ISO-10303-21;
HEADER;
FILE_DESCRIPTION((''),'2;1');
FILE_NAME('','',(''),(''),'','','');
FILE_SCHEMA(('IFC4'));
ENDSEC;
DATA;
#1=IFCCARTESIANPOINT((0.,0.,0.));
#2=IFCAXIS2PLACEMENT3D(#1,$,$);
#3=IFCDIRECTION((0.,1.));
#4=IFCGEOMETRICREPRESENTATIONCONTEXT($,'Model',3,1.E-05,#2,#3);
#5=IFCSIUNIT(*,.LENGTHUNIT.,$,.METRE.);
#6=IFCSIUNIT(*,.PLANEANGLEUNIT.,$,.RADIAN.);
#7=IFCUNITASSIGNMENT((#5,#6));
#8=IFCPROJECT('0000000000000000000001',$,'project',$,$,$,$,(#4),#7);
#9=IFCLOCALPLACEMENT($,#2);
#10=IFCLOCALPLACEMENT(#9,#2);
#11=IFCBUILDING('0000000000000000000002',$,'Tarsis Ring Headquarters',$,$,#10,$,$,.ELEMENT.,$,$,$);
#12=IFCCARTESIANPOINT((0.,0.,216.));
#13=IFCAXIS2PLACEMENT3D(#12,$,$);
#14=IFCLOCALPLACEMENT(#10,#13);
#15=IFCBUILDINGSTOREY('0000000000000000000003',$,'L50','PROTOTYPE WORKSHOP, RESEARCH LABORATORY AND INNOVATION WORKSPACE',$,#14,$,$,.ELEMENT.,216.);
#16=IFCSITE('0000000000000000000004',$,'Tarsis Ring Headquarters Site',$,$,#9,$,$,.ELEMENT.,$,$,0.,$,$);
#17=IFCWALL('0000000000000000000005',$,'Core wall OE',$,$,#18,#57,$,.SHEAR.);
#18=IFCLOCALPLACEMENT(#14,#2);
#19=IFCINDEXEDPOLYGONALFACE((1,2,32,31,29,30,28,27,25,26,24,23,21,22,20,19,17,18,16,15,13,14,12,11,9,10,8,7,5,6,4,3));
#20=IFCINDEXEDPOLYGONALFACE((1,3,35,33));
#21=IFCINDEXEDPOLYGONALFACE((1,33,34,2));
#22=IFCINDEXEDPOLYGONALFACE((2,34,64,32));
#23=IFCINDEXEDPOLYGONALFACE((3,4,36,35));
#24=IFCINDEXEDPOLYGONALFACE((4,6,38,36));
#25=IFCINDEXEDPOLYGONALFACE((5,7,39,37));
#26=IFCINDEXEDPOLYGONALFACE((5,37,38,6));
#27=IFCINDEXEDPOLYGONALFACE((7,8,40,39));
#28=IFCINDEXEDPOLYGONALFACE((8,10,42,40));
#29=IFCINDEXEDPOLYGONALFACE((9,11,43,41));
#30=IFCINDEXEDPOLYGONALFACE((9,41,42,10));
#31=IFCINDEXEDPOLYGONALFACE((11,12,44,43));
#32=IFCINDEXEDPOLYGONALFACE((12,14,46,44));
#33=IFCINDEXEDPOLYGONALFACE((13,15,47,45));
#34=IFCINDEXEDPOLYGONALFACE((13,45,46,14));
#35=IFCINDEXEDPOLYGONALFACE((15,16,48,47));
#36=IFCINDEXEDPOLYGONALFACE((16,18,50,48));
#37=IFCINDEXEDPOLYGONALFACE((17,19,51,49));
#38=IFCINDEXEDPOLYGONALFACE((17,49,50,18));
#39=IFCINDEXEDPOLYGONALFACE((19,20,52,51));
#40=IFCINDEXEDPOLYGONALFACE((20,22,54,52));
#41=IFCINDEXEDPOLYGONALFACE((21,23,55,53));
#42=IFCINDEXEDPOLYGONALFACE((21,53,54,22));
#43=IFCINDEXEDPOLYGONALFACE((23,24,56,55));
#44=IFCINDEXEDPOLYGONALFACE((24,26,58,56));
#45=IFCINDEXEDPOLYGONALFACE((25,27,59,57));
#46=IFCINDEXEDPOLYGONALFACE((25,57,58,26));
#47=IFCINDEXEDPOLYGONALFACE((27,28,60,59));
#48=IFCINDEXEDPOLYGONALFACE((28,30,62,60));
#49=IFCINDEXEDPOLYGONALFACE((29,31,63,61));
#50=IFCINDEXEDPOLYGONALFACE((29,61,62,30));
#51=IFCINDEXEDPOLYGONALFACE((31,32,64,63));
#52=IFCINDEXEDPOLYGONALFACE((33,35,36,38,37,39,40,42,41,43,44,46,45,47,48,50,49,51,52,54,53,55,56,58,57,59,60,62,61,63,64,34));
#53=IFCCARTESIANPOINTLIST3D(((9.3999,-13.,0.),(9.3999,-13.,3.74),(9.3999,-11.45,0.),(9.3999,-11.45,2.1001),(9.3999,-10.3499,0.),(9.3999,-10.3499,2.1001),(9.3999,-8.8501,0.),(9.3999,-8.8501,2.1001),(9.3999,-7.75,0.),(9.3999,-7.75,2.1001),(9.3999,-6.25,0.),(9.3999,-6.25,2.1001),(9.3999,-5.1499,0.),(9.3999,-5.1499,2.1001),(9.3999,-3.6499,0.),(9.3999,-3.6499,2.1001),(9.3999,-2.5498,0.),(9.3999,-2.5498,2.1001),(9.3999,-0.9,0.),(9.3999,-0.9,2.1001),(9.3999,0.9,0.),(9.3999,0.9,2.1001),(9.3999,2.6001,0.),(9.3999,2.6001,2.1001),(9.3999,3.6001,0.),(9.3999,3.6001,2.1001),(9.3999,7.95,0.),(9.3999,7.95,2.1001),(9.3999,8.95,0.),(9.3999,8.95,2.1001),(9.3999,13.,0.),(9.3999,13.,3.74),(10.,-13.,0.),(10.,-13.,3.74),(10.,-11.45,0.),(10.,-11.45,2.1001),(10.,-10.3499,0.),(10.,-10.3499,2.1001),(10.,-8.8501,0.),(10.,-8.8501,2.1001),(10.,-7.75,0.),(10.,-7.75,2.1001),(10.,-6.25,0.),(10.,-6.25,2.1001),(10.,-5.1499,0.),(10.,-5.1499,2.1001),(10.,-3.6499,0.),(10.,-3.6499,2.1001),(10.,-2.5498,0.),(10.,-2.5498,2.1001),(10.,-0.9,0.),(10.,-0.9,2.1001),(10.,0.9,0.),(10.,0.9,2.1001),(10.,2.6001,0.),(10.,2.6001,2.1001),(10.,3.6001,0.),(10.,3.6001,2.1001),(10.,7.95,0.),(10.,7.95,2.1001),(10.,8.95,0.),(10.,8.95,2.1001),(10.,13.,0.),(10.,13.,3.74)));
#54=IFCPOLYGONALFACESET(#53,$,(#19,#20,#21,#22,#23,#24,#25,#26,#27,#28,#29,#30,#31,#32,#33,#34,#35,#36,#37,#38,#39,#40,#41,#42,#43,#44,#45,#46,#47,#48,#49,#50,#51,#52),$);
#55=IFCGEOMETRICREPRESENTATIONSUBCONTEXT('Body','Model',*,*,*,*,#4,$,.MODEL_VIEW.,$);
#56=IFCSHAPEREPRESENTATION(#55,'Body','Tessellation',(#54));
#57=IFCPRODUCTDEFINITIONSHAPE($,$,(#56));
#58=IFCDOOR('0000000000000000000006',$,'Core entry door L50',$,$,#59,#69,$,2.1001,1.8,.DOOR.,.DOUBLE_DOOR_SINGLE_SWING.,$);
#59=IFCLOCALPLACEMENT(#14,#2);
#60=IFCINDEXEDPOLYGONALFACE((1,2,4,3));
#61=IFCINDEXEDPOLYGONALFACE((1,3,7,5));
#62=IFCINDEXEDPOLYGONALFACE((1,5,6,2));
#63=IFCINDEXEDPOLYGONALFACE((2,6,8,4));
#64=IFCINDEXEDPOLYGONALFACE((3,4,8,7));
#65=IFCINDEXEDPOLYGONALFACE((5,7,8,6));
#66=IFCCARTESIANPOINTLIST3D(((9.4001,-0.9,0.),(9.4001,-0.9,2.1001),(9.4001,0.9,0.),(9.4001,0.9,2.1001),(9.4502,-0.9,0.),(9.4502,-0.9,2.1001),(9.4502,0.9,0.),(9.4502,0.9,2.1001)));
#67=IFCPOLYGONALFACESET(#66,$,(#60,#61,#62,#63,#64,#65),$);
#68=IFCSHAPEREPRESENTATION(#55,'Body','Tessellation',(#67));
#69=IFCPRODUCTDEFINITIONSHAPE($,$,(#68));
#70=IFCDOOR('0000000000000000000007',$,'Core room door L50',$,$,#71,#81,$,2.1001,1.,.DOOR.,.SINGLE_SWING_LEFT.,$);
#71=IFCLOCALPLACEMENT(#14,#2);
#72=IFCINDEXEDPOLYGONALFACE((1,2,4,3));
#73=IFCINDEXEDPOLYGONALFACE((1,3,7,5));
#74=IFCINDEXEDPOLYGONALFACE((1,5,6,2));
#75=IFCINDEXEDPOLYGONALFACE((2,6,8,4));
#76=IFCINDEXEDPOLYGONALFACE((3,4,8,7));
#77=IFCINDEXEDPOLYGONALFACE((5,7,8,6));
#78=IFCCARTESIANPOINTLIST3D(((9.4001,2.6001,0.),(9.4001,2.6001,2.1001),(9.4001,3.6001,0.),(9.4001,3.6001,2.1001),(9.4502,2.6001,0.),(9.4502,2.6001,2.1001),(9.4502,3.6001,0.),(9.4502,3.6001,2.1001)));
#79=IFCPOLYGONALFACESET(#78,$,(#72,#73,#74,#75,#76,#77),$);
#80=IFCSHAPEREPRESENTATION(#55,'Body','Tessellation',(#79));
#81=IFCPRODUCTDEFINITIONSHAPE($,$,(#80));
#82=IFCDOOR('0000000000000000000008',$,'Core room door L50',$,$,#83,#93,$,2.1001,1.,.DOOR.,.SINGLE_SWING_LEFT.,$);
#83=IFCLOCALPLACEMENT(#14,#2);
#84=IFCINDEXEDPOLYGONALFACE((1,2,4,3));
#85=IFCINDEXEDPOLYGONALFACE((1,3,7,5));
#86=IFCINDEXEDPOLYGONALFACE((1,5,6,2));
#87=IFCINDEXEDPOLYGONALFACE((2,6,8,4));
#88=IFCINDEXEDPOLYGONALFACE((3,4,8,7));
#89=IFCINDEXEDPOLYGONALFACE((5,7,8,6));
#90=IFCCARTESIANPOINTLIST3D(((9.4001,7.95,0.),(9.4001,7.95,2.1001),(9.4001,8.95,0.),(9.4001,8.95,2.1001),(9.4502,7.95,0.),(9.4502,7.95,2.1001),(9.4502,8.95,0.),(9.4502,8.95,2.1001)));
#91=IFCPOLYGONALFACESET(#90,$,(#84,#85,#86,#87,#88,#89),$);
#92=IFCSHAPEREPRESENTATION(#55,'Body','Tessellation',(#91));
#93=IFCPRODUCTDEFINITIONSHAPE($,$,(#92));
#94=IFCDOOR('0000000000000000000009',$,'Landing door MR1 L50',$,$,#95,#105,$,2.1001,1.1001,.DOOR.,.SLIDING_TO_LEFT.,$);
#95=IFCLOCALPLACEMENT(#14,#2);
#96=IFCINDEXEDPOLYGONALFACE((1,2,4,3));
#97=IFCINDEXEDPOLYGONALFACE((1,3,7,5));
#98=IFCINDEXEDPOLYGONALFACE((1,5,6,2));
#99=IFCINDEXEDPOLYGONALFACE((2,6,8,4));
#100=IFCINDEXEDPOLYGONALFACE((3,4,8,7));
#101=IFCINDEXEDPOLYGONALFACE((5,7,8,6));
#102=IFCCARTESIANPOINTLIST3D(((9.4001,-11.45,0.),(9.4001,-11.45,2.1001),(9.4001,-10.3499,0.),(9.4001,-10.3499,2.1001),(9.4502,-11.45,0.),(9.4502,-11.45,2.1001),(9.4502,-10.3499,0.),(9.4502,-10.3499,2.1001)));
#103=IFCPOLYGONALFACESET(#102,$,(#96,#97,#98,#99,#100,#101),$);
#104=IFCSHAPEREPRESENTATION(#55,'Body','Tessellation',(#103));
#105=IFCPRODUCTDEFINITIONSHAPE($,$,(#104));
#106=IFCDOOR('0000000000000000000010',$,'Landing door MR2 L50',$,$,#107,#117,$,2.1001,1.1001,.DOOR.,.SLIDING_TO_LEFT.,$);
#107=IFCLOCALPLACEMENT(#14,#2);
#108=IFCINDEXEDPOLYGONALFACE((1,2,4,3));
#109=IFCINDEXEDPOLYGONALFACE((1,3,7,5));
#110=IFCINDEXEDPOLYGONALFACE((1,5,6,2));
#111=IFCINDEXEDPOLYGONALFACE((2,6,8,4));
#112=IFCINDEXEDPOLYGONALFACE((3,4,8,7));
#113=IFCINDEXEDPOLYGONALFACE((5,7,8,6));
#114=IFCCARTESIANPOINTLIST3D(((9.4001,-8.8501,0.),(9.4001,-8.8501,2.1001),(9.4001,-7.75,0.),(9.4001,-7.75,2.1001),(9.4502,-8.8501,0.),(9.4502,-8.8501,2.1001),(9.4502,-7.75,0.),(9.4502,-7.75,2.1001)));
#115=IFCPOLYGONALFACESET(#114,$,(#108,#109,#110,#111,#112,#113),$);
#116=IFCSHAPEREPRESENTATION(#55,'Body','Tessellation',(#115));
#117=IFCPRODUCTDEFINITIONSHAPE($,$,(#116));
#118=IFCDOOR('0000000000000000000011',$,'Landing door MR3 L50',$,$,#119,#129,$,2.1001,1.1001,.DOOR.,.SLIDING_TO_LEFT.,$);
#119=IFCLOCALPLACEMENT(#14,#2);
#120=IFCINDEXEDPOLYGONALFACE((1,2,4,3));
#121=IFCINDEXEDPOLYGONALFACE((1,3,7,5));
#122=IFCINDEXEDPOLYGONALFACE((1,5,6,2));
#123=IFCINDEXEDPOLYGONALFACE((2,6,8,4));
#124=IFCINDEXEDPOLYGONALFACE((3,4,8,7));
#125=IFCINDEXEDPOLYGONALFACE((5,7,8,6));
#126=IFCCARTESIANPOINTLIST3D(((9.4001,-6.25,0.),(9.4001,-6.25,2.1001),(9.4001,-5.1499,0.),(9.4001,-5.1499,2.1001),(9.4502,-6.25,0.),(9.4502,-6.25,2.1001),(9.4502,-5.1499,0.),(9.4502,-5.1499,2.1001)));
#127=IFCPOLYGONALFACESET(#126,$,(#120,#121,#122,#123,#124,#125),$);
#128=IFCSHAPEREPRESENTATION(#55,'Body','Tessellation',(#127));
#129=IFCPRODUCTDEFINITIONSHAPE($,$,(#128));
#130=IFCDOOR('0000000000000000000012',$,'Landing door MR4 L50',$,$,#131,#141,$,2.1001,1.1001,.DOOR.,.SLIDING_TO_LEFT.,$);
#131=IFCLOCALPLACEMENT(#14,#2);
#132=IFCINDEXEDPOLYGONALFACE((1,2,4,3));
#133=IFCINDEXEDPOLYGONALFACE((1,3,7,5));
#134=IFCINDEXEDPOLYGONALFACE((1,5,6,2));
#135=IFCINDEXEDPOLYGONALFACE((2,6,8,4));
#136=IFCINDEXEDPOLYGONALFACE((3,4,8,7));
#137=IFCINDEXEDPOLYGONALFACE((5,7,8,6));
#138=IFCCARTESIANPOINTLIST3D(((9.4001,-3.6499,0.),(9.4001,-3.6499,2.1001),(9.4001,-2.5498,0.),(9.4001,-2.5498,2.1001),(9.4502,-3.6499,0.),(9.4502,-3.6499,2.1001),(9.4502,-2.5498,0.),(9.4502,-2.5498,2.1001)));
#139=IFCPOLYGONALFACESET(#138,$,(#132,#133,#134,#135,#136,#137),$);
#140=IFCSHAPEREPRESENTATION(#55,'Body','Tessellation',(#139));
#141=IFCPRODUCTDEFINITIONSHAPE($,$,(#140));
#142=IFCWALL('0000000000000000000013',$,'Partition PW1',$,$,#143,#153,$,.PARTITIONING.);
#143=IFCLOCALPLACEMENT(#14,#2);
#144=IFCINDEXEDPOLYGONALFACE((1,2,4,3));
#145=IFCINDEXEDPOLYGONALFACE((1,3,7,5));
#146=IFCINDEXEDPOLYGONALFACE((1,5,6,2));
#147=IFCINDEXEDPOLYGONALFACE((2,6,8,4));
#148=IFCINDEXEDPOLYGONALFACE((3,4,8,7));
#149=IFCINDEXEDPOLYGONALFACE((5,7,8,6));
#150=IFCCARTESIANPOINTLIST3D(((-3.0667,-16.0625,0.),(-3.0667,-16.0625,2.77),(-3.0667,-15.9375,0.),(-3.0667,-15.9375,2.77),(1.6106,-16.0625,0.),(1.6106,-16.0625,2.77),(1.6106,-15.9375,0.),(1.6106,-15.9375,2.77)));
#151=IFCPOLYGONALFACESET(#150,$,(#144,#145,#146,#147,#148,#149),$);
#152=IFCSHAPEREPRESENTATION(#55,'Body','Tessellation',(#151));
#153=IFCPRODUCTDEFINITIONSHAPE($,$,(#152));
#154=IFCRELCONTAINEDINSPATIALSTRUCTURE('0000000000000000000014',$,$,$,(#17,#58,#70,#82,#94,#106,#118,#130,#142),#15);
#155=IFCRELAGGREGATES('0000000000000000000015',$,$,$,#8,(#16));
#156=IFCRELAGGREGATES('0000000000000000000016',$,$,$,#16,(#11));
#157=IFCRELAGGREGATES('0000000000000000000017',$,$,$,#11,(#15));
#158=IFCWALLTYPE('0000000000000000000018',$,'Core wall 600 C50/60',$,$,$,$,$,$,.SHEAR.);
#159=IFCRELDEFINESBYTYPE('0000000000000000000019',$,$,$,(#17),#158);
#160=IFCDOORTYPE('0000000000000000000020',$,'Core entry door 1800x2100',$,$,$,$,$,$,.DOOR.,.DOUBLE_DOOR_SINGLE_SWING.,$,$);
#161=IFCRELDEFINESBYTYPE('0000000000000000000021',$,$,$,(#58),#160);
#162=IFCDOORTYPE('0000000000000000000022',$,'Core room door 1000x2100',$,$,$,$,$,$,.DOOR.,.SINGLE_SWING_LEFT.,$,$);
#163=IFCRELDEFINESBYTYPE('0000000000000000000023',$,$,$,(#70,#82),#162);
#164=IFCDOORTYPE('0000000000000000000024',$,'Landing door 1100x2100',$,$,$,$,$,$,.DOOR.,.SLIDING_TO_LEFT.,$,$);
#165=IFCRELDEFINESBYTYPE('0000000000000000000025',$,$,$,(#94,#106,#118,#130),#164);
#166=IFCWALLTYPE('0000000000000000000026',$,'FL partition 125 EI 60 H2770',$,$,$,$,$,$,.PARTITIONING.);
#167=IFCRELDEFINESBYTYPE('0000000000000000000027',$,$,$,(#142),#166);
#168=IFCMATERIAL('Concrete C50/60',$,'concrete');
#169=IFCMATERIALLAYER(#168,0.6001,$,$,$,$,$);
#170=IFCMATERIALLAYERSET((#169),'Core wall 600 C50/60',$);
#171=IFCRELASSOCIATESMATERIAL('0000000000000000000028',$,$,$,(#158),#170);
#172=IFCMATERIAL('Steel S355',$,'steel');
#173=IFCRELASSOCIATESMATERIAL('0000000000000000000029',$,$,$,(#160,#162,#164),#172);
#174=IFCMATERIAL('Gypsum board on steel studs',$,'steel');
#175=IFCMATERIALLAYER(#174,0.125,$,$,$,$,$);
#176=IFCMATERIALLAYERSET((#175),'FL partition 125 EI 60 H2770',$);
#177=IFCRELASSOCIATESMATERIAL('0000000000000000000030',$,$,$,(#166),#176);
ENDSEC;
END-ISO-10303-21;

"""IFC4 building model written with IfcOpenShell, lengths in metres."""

from ifc_helpers import new_model, si_unit, direction, frame, frame_2d, origin, place, context, subcontext, project, spatial, rectangle, extrude, material, layer, layer_set, type_object, element, fill, save


model = new_model("IFC4")

# Units and contexts
model_context = context("Model", 3, precision=1e-05, world=origin(), true_north=direction((0.0, 1.0)))
body_context = subcontext(model_context, "Body", "Model", "MODEL_VIEW")
ifc_project = project(units=[si_unit("LENGTHUNIT", "METRE"), si_unit("PLANEANGLEUNIT", "RADIAN")], contexts=[model_context])

# Site, building, storey
site_placement = place(None, origin())
site = spatial("IfcSite", under=ifc_project, at=site_placement, Name="Tarsis Ring Headquarters Site", CompositionType="ELEMENT", RefElevation=0.0)
building_placement = place(site_placement, origin())
building = spatial("IfcBuilding", under=site, at=building_placement, Name="Tarsis Ring Headquarters", CompositionType="ELEMENT")
storey_placement = place(building_placement, frame((0.0, 0.0, 216.0)))
storey = spatial("IfcBuildingStorey", under=building, at=storey_placement, Name="L50", Description="PROTOTYPE WORKSHOP, RESEARCH LABORATORY AND INNOVATION WORKSPACE", CompositionType="ELEMENT", Elevation=216.0)

# Wall, openings, doors
ifc_material_1 = material(Name="Concrete C50/60", Category="concrete")
ifc_layer_1 = layer(ifc_material_1, 0.6001)
ifc_layer_set_1 = layer_set([ifc_layer_1], Name="Core wall 600 C50/60")
wall_type_1 = type_object("IfcWallType", Name="Core wall 600 C50/60", PredefinedType="SHEAR", material=ifc_layer_set_1)
wall_1_placement = place(storey_placement, frame((9.7, -13.0, 0.0), z_axis=(0.0, 0.0, 1.0), x_axis=(0.0, 1.0, 0.0)))
wall_1 = element("IfcWall", 1, at=wall_1_placement, inside=storey, type_object=wall_type_1, Name="Core wall OE", PredefinedType="SHEAR", context=body_context, shape_type="SweptSolid", body=[
    extrude(rectangle(XDim=26.0, YDim=0.6001, at=frame_2d((13.0, 0.0))), origin(), (0.0, 0.0, 1.0), 3.74),
])
opening_1_placement = place(wall_1_placement, frame((1.55, 0.0, 0.0)))
opening_1 = element("IfcOpeningElement", 2, at=opening_1_placement, cuts=wall_1, PredefinedType="OPENING", context=body_context, shape_type="SweptSolid", body=[
    extrude(rectangle(XDim=1.1001, YDim=2.1001, at=frame_2d((0.55, 1.05))), frame((0.0, 0.3101, 0.0), z_axis=(0.0, -1.0, 0.0), x_axis=(1.0, 0.0, 0.0)), (0.0, 0.0, 1.0), 0.6201),
])
opening_2_placement = place(wall_1_placement, frame((4.1499, 0.0, 0.0)))
opening_2 = element("IfcOpeningElement", 3, at=opening_2_placement, cuts=wall_1, PredefinedType="OPENING", context=body_context, shape_type="SweptSolid", body=[
    extrude(rectangle(XDim=1.1001, YDim=2.1001, at=frame_2d((0.55, 1.05))), frame((0.0, 0.3101, 0.0), z_axis=(0.0, -1.0, 0.0), x_axis=(1.0, 0.0, 0.0)), (0.0, 0.0, 1.0), 0.6201),
])
opening_3_placement = place(wall_1_placement, frame((6.75, 0.0, 0.0)))
opening_3 = element("IfcOpeningElement", 4, at=opening_3_placement, cuts=wall_1, PredefinedType="OPENING", context=body_context, shape_type="SweptSolid", body=[
    extrude(rectangle(XDim=1.1001, YDim=2.1001, at=frame_2d((0.55, 1.05))), frame((0.0, 0.3101, 0.0), z_axis=(0.0, -1.0, 0.0), x_axis=(1.0, 0.0, 0.0)), (0.0, 0.0, 1.0), 0.6201),
])
opening_4_placement = place(wall_1_placement, frame((9.3501, 0.0, 0.0)))
opening_4 = element("IfcOpeningElement", 5, at=opening_4_placement, cuts=wall_1, PredefinedType="OPENING", context=body_context, shape_type="SweptSolid", body=[
    extrude(rectangle(XDim=1.1001, YDim=2.1001, at=frame_2d((0.55, 1.05))), frame((0.0, 0.3101, 0.0), z_axis=(0.0, -1.0, 0.0), x_axis=(1.0, 0.0, 0.0)), (0.0, 0.0, 1.0), 0.6201),
])
opening_5_placement = place(wall_1_placement, frame((12.1001, 0.0, 0.0)))
opening_5 = element("IfcOpeningElement", 6, at=opening_5_placement, cuts=wall_1, PredefinedType="OPENING", context=body_context, shape_type="SweptSolid", body=[
    extrude(rectangle(XDim=1.8, YDim=2.1001, at=frame_2d((0.8999, 1.05))), frame((0.0, 0.3101, 0.0), z_axis=(0.0, -1.0, 0.0), x_axis=(1.0, 0.0, 0.0)), (0.0, 0.0, 1.0), 0.6201),
])
opening_6_placement = place(wall_1_placement, frame((15.6001, 0.0, 0.0)))
opening_6 = element("IfcOpeningElement", 7, at=opening_6_placement, cuts=wall_1, PredefinedType="OPENING", context=body_context, shape_type="SweptSolid", body=[
    extrude(rectangle(XDim=1.0, YDim=2.1001, at=frame_2d((0.5, 1.05))), frame((0.0, 0.3101, 0.0), z_axis=(0.0, -1.0, 0.0), x_axis=(1.0, 0.0, 0.0)), (0.0, 0.0, 1.0), 0.6201),
])
opening_7_placement = place(wall_1_placement, frame((20.95, 0.0, 0.0)))
opening_7 = element("IfcOpeningElement", 8, at=opening_7_placement, cuts=wall_1, PredefinedType="OPENING", context=body_context, shape_type="SweptSolid", body=[
    extrude(rectangle(XDim=1.0, YDim=2.1001, at=frame_2d((0.5, 1.05))), frame((0.0, 0.3101, 0.0), z_axis=(0.0, -1.0, 0.0), x_axis=(1.0, 0.0, 0.0)), (0.0, 0.0, 1.0), 0.6201),
])
ifc_material_2 = material(Name="Steel S355", Category="steel")
door_type_1 = type_object("IfcDoorType", Name="Core entry door 1800x2100", OperationType="DOUBLE_DOOR_SINGLE_SWING", PredefinedType="DOOR", material=ifc_material_2)
door_1_placement = place(opening_5_placement, origin())
door_1 = element("IfcDoor", 9, at=door_1_placement, inside=storey, type_object=door_type_1, Name="Core entry door L50", OperationType="DOUBLE_DOOR_SINGLE_SWING", OverallHeight=2.1001, OverallWidth=1.8, PredefinedType="DOOR", context=body_context, shape_type="SweptSolid", body=[
    extrude(rectangle(XDim=1.8, YDim=2.1001, at=frame_2d((0.8999, 1.05))), frame((0.0, 0.2998, 0.0), z_axis=(0.0, -1.0, 0.0), x_axis=(1.0, 0.0, 0.0)), (0.0, 0.0, 1.0), 0.05),
])
fill(opening_5, door_1)
door_type_2 = type_object("IfcDoorType", Name="Core room door 1000x2100", OperationType="SINGLE_SWING_LEFT", PredefinedType="DOOR", material=ifc_material_2)
door_2_placement = place(opening_6_placement, origin())
door_2 = element("IfcDoor", 10, at=door_2_placement, inside=storey, type_object=door_type_2, Name="Core room door L50", OperationType="SINGLE_SWING_LEFT", OverallHeight=2.1001, OverallWidth=1.0, PredefinedType="DOOR", context=body_context, shape_type="SweptSolid", body=[
    extrude(rectangle(XDim=1.0, YDim=2.1001, at=frame_2d((0.5, 1.05))), frame((0.0, 0.2998, 0.0), z_axis=(0.0, -1.0, 0.0), x_axis=(1.0, 0.0, 0.0)), (0.0, 0.0, 1.0), 0.05),
])
fill(opening_6, door_2)
door_3_placement = place(opening_7_placement, origin())
door_3 = element("IfcDoor", 11, at=door_3_placement, inside=storey, type_object=door_type_2, Name="Core room door L50", OperationType="SINGLE_SWING_LEFT", OverallHeight=2.1001, OverallWidth=1.0, PredefinedType="DOOR", context=body_context, shape_type="SweptSolid", body=[
    extrude(rectangle(XDim=1.0, YDim=2.1001, at=frame_2d((0.5, 1.05))), frame((0.0, 0.2998, 0.0), z_axis=(0.0, -1.0, 0.0), x_axis=(1.0, 0.0, 0.0)), (0.0, 0.0, 1.0), 0.05),
])
fill(opening_7, door_3)
door_type_3 = type_object("IfcDoorType", Name="Landing door 1100x2100", OperationType="SLIDING_TO_LEFT", PredefinedType="DOOR", material=ifc_material_2)
door_4_placement = place(opening_1_placement, origin())
door_4 = element("IfcDoor", 12, at=door_4_placement, inside=storey, type_object=door_type_3, Name="Landing door MR1 L50", OperationType="SLIDING_TO_LEFT", OverallHeight=2.1001, OverallWidth=1.1001, PredefinedType="DOOR", context=body_context, shape_type="SweptSolid", body=[
    extrude(rectangle(XDim=1.1001, YDim=2.1001, at=frame_2d((0.55, 1.05))), frame((0.0, 0.2998, 0.0), z_axis=(0.0, -1.0, 0.0), x_axis=(1.0, 0.0, 0.0)), (0.0, 0.0, 1.0), 0.05),
])
fill(opening_1, door_4)
door_5_placement = place(opening_2_placement, origin())
door_5 = element("IfcDoor", 13, at=door_5_placement, inside=storey, type_object=door_type_3, Name="Landing door MR2 L50", OperationType="SLIDING_TO_LEFT", OverallHeight=2.1001, OverallWidth=1.1001, PredefinedType="DOOR", context=body_context, shape_type="SweptSolid", body=[
    extrude(rectangle(XDim=1.1001, YDim=2.1001, at=frame_2d((0.55, 1.05))), frame((0.0, 0.2998, 0.0), z_axis=(0.0, -1.0, 0.0), x_axis=(1.0, 0.0, 0.0)), (0.0, 0.0, 1.0), 0.05),
])
fill(opening_2, door_5)
door_6_placement = place(opening_3_placement, origin())
door_6 = element("IfcDoor", 14, at=door_6_placement, inside=storey, type_object=door_type_3, Name="Landing door MR3 L50", OperationType="SLIDING_TO_LEFT", OverallHeight=2.1001, OverallWidth=1.1001, PredefinedType="DOOR", context=body_context, shape_type="SweptSolid", body=[
    extrude(rectangle(XDim=1.1001, YDim=2.1001, at=frame_2d((0.55, 1.05))), frame((0.0, 0.2998, 0.0), z_axis=(0.0, -1.0, 0.0), x_axis=(1.0, 0.0, 0.0)), (0.0, 0.0, 1.0), 0.05),
])
fill(opening_3, door_6)
door_7_placement = place(opening_4_placement, origin())
door_7 = element("IfcDoor", 15, at=door_7_placement, inside=storey, type_object=door_type_3, Name="Landing door MR4 L50", OperationType="SLIDING_TO_LEFT", OverallHeight=2.1001, OverallWidth=1.1001, PredefinedType="DOOR", context=body_context, shape_type="SweptSolid", body=[
    extrude(rectangle(XDim=1.1001, YDim=2.1001, at=frame_2d((0.55, 1.05))), frame((0.0, 0.2998, 0.0), z_axis=(0.0, -1.0, 0.0), x_axis=(1.0, 0.0, 0.0)), (0.0, 0.0, 1.0), 0.05),
])
fill(opening_4, door_7)

# Wall
ifc_material_3 = material(Name="Gypsum board on steel studs", Category="steel")
ifc_layer_2 = layer(ifc_material_3, 0.125)
ifc_layer_set_2 = layer_set([ifc_layer_2], Name="FL partition 125 EI 60 H2770")
wall_type_2 = type_object("IfcWallType", Name="FL partition 125 EI 60 H2770", PredefinedType="PARTITIONING", material=ifc_layer_set_2)
wall_2_placement = place(storey_placement, frame((-3.0667, -16.0, 0.0), z_axis=(0.0, 0.0, 1.0), x_axis=(1.0, 0.0, 0.0)))
element("IfcWall", 16, at=wall_2_placement, inside=storey, type_object=wall_type_2, Name="Partition PW1", PredefinedType="PARTITIONING", context=body_context, shape_type="SweptSolid", body=[
    extrude(rectangle(XDim=4.6772, YDim=0.125, at=frame_2d((2.3386, 0.0))), origin(), (0.0, 0.0, 1.0), 2.77),
])

save(model, "model.ifc")
